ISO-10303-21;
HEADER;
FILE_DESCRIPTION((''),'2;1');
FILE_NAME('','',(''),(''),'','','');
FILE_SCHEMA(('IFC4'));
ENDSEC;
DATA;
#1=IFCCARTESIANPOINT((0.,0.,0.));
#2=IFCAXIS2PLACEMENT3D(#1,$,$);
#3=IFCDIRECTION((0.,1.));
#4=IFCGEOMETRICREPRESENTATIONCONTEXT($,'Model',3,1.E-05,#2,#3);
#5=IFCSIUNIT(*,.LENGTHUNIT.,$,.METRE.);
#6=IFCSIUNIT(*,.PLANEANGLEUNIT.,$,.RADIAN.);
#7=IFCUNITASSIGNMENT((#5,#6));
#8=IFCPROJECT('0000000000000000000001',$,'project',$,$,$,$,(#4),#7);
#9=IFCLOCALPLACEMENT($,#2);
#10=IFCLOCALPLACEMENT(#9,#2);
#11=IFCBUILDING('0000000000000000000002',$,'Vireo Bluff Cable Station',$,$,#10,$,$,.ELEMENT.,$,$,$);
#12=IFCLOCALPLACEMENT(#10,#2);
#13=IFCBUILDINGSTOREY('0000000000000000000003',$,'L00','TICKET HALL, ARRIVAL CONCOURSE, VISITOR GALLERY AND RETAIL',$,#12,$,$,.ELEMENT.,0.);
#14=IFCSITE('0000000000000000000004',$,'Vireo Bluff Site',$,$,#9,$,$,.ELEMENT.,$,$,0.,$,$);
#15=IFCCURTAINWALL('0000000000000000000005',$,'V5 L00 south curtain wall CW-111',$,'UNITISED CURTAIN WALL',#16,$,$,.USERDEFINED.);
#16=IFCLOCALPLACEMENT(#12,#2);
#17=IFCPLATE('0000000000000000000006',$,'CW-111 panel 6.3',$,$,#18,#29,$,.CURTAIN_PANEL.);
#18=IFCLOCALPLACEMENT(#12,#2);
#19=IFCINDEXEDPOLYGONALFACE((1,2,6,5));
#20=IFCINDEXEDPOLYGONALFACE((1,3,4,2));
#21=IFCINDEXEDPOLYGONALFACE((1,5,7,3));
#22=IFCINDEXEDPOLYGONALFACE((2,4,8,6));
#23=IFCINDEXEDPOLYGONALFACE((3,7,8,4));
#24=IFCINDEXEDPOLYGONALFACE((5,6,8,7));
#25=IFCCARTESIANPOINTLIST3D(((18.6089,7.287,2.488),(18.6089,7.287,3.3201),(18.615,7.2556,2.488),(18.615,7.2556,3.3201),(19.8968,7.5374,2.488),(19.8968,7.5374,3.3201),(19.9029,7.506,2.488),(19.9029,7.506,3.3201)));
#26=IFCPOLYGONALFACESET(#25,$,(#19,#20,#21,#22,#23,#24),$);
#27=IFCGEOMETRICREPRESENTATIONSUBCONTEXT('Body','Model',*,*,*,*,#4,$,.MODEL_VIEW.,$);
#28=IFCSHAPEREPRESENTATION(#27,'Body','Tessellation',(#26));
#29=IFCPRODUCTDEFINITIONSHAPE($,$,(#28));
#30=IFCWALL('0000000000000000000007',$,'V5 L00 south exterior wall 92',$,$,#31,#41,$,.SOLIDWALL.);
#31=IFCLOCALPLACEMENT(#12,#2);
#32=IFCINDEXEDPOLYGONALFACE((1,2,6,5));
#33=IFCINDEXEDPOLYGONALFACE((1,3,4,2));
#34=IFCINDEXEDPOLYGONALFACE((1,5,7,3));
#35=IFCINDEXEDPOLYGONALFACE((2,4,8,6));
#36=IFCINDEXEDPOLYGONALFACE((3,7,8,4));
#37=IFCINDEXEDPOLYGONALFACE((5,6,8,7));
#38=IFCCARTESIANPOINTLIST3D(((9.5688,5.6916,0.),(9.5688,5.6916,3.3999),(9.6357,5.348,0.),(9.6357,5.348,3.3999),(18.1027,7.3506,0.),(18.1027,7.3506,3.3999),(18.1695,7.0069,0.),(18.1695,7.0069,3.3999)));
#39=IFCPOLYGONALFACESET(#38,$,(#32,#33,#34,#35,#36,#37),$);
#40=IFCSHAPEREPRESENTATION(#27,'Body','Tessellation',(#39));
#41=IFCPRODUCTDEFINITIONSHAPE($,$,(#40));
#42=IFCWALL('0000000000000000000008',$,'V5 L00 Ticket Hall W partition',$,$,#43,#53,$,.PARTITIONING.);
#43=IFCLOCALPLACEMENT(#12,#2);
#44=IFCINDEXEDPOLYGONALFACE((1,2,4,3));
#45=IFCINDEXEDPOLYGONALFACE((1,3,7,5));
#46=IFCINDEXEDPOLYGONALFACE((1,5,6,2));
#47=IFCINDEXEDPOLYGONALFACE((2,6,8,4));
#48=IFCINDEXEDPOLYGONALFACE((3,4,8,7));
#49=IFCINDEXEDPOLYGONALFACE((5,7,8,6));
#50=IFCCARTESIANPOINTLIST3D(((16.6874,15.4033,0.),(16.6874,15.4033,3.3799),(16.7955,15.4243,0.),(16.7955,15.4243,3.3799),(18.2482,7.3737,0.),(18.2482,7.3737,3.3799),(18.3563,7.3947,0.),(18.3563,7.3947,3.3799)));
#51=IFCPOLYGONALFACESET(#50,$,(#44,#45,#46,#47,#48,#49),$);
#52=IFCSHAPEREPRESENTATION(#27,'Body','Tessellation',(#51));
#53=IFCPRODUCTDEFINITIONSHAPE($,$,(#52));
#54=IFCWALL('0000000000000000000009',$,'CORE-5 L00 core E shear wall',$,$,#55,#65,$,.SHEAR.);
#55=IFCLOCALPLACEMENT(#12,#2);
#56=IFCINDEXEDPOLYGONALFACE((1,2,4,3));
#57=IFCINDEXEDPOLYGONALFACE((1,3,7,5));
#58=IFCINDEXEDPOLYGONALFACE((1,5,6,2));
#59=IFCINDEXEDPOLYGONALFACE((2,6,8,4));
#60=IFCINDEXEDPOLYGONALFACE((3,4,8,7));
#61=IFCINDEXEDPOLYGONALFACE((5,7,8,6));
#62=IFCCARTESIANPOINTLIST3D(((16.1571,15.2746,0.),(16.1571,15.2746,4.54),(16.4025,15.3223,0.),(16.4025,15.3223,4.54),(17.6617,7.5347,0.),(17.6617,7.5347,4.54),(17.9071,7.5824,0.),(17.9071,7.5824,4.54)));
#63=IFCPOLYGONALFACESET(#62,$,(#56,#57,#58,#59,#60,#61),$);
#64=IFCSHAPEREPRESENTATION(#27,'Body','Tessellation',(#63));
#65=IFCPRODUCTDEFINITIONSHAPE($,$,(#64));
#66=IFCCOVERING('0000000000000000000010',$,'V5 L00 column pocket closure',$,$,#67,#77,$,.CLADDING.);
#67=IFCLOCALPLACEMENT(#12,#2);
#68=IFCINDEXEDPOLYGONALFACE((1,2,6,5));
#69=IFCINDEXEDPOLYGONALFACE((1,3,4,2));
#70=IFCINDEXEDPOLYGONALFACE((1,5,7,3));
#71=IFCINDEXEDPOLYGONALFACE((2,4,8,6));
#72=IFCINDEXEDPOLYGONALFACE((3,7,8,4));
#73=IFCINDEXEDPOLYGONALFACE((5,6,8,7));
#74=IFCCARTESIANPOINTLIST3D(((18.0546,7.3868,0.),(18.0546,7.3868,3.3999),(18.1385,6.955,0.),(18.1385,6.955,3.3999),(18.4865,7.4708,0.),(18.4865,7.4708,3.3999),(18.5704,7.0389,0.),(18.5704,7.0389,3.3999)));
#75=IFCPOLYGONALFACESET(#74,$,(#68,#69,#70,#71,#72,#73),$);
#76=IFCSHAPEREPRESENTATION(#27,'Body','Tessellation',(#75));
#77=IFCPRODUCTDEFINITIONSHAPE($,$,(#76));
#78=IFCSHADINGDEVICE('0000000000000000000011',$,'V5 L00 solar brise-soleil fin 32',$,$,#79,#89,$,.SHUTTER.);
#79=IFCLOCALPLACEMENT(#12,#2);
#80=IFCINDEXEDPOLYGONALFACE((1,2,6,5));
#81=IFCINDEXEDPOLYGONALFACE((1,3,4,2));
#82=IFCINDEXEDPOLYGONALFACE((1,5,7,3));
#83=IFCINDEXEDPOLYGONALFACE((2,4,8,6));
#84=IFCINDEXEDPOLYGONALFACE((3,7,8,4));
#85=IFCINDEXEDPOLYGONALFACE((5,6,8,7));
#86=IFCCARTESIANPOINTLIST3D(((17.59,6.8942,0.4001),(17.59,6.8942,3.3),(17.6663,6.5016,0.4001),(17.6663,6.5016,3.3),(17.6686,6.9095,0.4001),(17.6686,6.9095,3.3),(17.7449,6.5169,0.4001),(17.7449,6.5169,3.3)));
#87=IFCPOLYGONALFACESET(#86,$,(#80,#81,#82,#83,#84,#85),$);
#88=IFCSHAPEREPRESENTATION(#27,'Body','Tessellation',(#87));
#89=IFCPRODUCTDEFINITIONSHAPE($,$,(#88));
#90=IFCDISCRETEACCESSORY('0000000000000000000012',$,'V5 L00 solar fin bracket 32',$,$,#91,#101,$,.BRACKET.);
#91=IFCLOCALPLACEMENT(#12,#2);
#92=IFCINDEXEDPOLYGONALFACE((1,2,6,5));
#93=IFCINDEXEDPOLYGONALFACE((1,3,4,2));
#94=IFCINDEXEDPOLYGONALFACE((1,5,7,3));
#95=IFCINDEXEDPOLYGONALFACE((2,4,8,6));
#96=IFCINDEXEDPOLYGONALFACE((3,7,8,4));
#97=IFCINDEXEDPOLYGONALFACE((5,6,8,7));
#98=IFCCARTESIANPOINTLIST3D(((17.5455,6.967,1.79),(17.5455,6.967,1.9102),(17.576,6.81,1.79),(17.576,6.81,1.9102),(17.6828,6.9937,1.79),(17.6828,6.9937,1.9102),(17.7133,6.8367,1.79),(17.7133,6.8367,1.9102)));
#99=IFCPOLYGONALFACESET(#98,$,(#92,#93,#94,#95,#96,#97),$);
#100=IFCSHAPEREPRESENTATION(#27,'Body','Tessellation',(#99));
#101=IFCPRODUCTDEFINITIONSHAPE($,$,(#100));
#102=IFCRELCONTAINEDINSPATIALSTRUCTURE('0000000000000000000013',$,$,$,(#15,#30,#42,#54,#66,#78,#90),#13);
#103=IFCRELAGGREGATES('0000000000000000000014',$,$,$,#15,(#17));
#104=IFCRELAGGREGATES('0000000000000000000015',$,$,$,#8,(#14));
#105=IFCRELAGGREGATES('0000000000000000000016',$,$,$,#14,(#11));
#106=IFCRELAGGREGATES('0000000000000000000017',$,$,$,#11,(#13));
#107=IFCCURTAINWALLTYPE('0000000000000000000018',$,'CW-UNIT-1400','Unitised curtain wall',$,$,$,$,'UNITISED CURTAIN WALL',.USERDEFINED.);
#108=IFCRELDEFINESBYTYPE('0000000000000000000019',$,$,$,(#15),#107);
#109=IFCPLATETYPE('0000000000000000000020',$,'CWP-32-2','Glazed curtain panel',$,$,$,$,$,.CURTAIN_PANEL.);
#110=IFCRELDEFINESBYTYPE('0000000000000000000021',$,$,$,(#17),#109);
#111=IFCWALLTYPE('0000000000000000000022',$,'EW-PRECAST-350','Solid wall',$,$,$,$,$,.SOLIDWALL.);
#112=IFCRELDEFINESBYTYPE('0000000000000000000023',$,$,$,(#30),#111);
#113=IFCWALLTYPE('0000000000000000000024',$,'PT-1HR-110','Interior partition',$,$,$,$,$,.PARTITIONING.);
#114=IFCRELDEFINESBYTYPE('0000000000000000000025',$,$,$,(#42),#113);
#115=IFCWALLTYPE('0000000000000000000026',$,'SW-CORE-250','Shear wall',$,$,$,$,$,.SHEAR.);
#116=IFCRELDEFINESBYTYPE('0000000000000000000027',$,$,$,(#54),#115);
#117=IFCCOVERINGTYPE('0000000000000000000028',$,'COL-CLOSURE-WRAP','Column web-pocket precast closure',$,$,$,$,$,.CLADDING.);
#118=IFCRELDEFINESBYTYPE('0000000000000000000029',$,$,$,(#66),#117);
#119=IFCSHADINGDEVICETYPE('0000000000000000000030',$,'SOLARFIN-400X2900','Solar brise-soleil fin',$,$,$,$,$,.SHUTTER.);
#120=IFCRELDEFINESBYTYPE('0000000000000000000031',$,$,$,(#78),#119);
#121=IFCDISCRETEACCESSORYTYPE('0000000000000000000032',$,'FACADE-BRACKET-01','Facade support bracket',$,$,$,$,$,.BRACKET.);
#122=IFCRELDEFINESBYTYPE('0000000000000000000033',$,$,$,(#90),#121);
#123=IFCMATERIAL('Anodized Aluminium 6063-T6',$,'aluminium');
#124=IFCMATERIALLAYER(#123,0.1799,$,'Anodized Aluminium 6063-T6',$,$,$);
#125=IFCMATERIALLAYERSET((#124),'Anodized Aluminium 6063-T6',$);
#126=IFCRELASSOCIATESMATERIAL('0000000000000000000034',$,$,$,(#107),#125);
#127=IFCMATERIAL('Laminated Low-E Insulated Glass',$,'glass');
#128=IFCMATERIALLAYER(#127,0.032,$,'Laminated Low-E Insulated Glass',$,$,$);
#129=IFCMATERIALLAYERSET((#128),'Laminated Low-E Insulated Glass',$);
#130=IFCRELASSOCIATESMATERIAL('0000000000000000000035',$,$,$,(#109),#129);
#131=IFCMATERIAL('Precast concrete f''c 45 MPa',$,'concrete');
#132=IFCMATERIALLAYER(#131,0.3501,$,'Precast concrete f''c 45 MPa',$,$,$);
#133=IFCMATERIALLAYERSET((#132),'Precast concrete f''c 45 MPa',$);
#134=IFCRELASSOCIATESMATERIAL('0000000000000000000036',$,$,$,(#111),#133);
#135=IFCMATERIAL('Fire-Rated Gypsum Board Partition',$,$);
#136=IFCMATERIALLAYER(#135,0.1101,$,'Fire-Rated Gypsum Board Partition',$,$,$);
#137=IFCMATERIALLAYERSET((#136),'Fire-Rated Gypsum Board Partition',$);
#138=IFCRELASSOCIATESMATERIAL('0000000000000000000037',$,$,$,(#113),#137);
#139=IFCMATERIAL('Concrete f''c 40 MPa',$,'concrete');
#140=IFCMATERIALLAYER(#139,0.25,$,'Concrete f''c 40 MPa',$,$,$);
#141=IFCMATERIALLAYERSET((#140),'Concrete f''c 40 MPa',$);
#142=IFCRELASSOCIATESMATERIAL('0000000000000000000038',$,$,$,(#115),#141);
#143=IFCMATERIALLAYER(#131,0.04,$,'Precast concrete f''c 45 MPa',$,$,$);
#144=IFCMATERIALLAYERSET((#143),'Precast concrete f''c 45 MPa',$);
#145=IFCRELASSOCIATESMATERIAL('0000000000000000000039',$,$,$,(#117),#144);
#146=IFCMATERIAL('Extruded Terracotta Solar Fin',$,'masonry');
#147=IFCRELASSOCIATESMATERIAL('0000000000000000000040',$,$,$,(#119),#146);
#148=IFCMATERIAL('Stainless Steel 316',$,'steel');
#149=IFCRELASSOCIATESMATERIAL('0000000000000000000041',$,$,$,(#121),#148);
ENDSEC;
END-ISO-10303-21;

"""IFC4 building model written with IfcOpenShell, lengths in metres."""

from ifc_helpers import new_model, si_unit, direction, frame, frame_2d, origin, origin_2d, place, context, subcontext, project, spatial, rectangle, extrude, material, layer, layer_set, type_object, element, aggregate, save


model = new_model("IFC4")

# Units and contexts
model_context = context("Model", 3, precision=1e-05, world=origin(), true_north=direction((0.0, 1.0)))
body_context = subcontext(model_context, "Body", "Model", "MODEL_VIEW")
ifc_project = project(units=[si_unit("LENGTHUNIT", "METRE"), si_unit("PLANEANGLEUNIT", "RADIAN")], contexts=[model_context])

# Site, building, storey
site_placement = place(None, origin())
site = spatial("IfcSite", under=ifc_project, at=site_placement, Name="Vireo Bluff Site", CompositionType="ELEMENT", RefElevation=0.0)
building_placement = place(site_placement, origin())
building = spatial("IfcBuilding", under=site, at=building_placement, Name="Vireo Bluff Cable Station", CompositionType="ELEMENT")
storey_placement = place(building_placement, origin())
storey = spatial("IfcBuildingStorey", under=building, at=storey_placement, Name="L00", Description="TICKET HALL, ARRIVAL CONCOURSE, VISITOR GALLERY AND RETAIL", CompositionType="ELEMENT", Elevation=0.0)

# Shared definitions
ifc_material_1 = material(Name="Concrete f'c 40 MPa", Category="concrete")

# Curtain wall
ifc_material_2 = material(Name="Anodized Aluminium 6063-T6", Category="aluminium")
ifc_layer_1 = layer(ifc_material_2, 0.1799, Name="Anodized Aluminium 6063-T6")
ifc_layer_set_1 = layer_set([ifc_layer_1], Name="Anodized Aluminium 6063-T6")
curtain_wall_type = type_object("IfcCurtainWallType", Name="CW-UNIT-1400", Description="Unitised curtain wall", ElementType="UNITISED CURTAIN WALL", PredefinedType="USERDEFINED", material=ifc_layer_set_1)
curtain_wall_placement = place(storey_placement, origin())
curtain_wall = element("IfcCurtainWall", 1, at=curtain_wall_placement, inside=storey, type_object=curtain_wall_type, Name="V5 L00 south curtain wall CW-111", ObjectType="UNITISED CURTAIN WALL", PredefinedType="USERDEFINED")

# Plate
ifc_material_3 = material(Name="Laminated Low-E Insulated Glass", Category="glass")
ifc_layer_2 = layer(ifc_material_3, 0.032, Name="Laminated Low-E Insulated Glass")
ifc_layer_set_2 = layer_set([ifc_layer_2], Name="Laminated Low-E Insulated Glass")
plate_type_1 = type_object("IfcPlateType", Name="CWP-32-2", Description="Glazed curtain panel", PredefinedType="CURTAIN_PANEL", material=ifc_layer_set_2)
plate_1_placement = place(storey_placement, frame((19.2559, 7.3965, 2.488), z_axis=(0.0, 0.0, 1.0), x_axis=(-0.981627, -0.190809, 0.0)))
plate_1 = element("IfcPlate", 2, at=plate_1_placement, type_object=plate_type_1, Name="CW-111 panel 6.3", PredefinedType="CURTAIN_PANEL", context=body_context, shape_type="SweptSolid", body=[
    extrude(rectangle(XDim=1.312, YDim=0.032, at=origin_2d()), origin(), (0.0, 0.0, 1.0), 0.832),
])
aggregate(curtain_wall, [plate_1])

# Walls
ifc_material_4 = material(Name="Precast concrete f'c 45 MPa", Category="concrete")
ifc_layer_3 = layer(ifc_material_4, 0.3501, Name="Precast concrete f'c 45 MPa")
ifc_layer_set_3 = layer_set([ifc_layer_3], Name="Precast concrete f'c 45 MPa")
wall_type_1 = type_object("IfcWallType", Name="EW-PRECAST-350", Description="Solid wall", PredefinedType="SOLIDWALL", material=ifc_layer_set_3)
wall_1_placement = place(storey_placement, frame((18.136, 7.1787, 0.0), z_axis=(0.0, 0.0, 1.0), x_axis=(-0.981625, -0.190821, 0.0)))
element("IfcWall", 3, at=wall_1_placement, inside=storey, type_object=wall_type_1, Name="V5 L00 south exterior wall 92", PredefinedType="SOLIDWALL", context=body_context, shape_type="SweptSolid", body=[
    extrude(rectangle(XDim=8.6936, YDim=0.3501, at=frame_2d((4.3467, 0.0))), origin(), (0.0, 0.0, 1.0), 3.3999),
])
ifc_material_5 = material(Name="Fire-Rated Gypsum Board Partition")
ifc_layer_4 = layer(ifc_material_5, 0.1101, Name="Fire-Rated Gypsum Board Partition")
ifc_layer_set_4 = layer_set([ifc_layer_4], Name="Fire-Rated Gypsum Board Partition")
wall_type_2 = type_object("IfcWallType", Name="PT-1HR-110", Description="Interior partition", PredefinedType="PARTITIONING", material=ifc_layer_set_4)
wall_2_placement = place(storey_placement, frame((18.3022, 7.3843, 0.0), z_axis=(0.0, 0.0, 1.0), x_axis=(-0.19081, 0.981627, 0.0)))
element("IfcWall", 4, at=wall_2_placement, inside=storey, type_object=wall_type_2, Name="V5 L00 Ticket Hall W partition", PredefinedType="PARTITIONING", context=body_context, shape_type="SweptSolid", body=[
    extrude(rectangle(XDim=8.1799, YDim=0.1101, at=frame_2d((4.0898, 0.0))), origin(), (0.0, 0.0, 1.0), 3.3799),
])
ifc_layer_5 = layer(ifc_material_1, 0.25, Name="Concrete f'c 40 MPa")
ifc_layer_set_5 = layer_set([ifc_layer_5], Name="Concrete f'c 40 MPa")
wall_type_3 = type_object("IfcWallType", Name="SW-CORE-250", Description="Shear wall", PredefinedType="SHEAR", material=ifc_layer_set_5)
wall_3_placement = place(storey_placement, frame((17.7844, 7.5586, 0.0), z_axis=(0.0, 0.0, 1.0), x_axis=(-0.190826, 0.981624, 0.0)))
element("IfcWall", 5, at=wall_3_placement, inside=storey, type_object=wall_type_3, Name="CORE-5 L00 core E shear wall", PredefinedType="SHEAR", context=body_context, shape_type="SweptSolid", body=[
    extrude(rectangle(XDim=7.8848, YDim=0.25, at=frame_2d((3.9424, 0.0))), origin(), (0.0, 0.0, 1.0), 4.54),
])

# Covering
ifc_layer_6 = layer(ifc_material_4, 0.04, Name="Precast concrete f'c 45 MPa")
ifc_layer_set_6 = layer_set([ifc_layer_6], Name="Precast concrete f'c 45 MPa")
covering_type = type_object("IfcCoveringType", Name="COL-CLOSURE-WRAP", Description="Column web-pocket precast closure", PredefinedType="CLADDING", material=ifc_layer_set_6)
covering_placement = place(storey_placement, frame((18.3125, 7.2129, 0.0), z_axis=(0.0, 0.0, 1.0), x_axis=(0.981627, 0.190809, 0.0)))
element("IfcCovering", 6, at=covering_placement, inside=storey, type_object=covering_type, Name="V5 L00 column pocket closure", PredefinedType="CLADDING", context=body_context, shape_type="SweptSolid", body=[
    extrude(rectangle(XDim=0.4399, YDim=0.4399, at=origin_2d()), origin(), (0.0, 0.0, 1.0), 3.3999),
])

# Shading device
ifc_material_6 = material(Name="Extruded Terracotta Solar Fin", Category="masonry")
shading_device_type = type_object("IfcShadingDeviceType", Name="SOLARFIN-400X2900", Description="Solar brise-soleil fin", PredefinedType="SHUTTER", material=ifc_material_6)
shading_device_placement = place(storey_placement, frame((17.6675, 6.7056, 0.4001), z_axis=(0.0, 0.0, 1.0), x_axis=(-0.981627, -0.190809, 0.0)))
element("IfcShadingDevice", 7, at=shading_device_placement, inside=storey, type_object=shading_device_type, Name="V5 L00 solar brise-soleil fin 32", PredefinedType="SHUTTER", context=body_context, shape_type="SweptSolid", body=[
    extrude(rectangle(XDim=0.0801, YDim=0.3999, at=origin_2d()), origin(), (0.0, 0.0, 1.0), 2.8999),
])

# Discrete accessory
ifc_material_7 = material(Name="Stainless Steel 316", Category="steel")
discrete_accessory_type = type_object("IfcDiscreteAccessoryType", Name="FACADE-BRACKET-01", Description="Facade support bracket", PredefinedType="BRACKET", material=ifc_material_7)
discrete_accessory_placement = place(storey_placement, frame((17.6294, 6.9019, 1.79), z_axis=(0.0, 0.0, 1.0), x_axis=(-0.981627, -0.190809, 0.0)))
element("IfcDiscreteAccessory", 8, at=discrete_accessory_placement, inside=storey, type_object=discrete_accessory_type, Name="V5 L00 solar fin bracket 32", PredefinedType="BRACKET", context=body_context, shape_type="SweptSolid", body=[
    extrude(rectangle(XDim=0.1399, YDim=0.1599, at=origin_2d()), origin(), (0.0, 0.0, 1.0), 0.1201),
])

save(model, "model.ifc")
